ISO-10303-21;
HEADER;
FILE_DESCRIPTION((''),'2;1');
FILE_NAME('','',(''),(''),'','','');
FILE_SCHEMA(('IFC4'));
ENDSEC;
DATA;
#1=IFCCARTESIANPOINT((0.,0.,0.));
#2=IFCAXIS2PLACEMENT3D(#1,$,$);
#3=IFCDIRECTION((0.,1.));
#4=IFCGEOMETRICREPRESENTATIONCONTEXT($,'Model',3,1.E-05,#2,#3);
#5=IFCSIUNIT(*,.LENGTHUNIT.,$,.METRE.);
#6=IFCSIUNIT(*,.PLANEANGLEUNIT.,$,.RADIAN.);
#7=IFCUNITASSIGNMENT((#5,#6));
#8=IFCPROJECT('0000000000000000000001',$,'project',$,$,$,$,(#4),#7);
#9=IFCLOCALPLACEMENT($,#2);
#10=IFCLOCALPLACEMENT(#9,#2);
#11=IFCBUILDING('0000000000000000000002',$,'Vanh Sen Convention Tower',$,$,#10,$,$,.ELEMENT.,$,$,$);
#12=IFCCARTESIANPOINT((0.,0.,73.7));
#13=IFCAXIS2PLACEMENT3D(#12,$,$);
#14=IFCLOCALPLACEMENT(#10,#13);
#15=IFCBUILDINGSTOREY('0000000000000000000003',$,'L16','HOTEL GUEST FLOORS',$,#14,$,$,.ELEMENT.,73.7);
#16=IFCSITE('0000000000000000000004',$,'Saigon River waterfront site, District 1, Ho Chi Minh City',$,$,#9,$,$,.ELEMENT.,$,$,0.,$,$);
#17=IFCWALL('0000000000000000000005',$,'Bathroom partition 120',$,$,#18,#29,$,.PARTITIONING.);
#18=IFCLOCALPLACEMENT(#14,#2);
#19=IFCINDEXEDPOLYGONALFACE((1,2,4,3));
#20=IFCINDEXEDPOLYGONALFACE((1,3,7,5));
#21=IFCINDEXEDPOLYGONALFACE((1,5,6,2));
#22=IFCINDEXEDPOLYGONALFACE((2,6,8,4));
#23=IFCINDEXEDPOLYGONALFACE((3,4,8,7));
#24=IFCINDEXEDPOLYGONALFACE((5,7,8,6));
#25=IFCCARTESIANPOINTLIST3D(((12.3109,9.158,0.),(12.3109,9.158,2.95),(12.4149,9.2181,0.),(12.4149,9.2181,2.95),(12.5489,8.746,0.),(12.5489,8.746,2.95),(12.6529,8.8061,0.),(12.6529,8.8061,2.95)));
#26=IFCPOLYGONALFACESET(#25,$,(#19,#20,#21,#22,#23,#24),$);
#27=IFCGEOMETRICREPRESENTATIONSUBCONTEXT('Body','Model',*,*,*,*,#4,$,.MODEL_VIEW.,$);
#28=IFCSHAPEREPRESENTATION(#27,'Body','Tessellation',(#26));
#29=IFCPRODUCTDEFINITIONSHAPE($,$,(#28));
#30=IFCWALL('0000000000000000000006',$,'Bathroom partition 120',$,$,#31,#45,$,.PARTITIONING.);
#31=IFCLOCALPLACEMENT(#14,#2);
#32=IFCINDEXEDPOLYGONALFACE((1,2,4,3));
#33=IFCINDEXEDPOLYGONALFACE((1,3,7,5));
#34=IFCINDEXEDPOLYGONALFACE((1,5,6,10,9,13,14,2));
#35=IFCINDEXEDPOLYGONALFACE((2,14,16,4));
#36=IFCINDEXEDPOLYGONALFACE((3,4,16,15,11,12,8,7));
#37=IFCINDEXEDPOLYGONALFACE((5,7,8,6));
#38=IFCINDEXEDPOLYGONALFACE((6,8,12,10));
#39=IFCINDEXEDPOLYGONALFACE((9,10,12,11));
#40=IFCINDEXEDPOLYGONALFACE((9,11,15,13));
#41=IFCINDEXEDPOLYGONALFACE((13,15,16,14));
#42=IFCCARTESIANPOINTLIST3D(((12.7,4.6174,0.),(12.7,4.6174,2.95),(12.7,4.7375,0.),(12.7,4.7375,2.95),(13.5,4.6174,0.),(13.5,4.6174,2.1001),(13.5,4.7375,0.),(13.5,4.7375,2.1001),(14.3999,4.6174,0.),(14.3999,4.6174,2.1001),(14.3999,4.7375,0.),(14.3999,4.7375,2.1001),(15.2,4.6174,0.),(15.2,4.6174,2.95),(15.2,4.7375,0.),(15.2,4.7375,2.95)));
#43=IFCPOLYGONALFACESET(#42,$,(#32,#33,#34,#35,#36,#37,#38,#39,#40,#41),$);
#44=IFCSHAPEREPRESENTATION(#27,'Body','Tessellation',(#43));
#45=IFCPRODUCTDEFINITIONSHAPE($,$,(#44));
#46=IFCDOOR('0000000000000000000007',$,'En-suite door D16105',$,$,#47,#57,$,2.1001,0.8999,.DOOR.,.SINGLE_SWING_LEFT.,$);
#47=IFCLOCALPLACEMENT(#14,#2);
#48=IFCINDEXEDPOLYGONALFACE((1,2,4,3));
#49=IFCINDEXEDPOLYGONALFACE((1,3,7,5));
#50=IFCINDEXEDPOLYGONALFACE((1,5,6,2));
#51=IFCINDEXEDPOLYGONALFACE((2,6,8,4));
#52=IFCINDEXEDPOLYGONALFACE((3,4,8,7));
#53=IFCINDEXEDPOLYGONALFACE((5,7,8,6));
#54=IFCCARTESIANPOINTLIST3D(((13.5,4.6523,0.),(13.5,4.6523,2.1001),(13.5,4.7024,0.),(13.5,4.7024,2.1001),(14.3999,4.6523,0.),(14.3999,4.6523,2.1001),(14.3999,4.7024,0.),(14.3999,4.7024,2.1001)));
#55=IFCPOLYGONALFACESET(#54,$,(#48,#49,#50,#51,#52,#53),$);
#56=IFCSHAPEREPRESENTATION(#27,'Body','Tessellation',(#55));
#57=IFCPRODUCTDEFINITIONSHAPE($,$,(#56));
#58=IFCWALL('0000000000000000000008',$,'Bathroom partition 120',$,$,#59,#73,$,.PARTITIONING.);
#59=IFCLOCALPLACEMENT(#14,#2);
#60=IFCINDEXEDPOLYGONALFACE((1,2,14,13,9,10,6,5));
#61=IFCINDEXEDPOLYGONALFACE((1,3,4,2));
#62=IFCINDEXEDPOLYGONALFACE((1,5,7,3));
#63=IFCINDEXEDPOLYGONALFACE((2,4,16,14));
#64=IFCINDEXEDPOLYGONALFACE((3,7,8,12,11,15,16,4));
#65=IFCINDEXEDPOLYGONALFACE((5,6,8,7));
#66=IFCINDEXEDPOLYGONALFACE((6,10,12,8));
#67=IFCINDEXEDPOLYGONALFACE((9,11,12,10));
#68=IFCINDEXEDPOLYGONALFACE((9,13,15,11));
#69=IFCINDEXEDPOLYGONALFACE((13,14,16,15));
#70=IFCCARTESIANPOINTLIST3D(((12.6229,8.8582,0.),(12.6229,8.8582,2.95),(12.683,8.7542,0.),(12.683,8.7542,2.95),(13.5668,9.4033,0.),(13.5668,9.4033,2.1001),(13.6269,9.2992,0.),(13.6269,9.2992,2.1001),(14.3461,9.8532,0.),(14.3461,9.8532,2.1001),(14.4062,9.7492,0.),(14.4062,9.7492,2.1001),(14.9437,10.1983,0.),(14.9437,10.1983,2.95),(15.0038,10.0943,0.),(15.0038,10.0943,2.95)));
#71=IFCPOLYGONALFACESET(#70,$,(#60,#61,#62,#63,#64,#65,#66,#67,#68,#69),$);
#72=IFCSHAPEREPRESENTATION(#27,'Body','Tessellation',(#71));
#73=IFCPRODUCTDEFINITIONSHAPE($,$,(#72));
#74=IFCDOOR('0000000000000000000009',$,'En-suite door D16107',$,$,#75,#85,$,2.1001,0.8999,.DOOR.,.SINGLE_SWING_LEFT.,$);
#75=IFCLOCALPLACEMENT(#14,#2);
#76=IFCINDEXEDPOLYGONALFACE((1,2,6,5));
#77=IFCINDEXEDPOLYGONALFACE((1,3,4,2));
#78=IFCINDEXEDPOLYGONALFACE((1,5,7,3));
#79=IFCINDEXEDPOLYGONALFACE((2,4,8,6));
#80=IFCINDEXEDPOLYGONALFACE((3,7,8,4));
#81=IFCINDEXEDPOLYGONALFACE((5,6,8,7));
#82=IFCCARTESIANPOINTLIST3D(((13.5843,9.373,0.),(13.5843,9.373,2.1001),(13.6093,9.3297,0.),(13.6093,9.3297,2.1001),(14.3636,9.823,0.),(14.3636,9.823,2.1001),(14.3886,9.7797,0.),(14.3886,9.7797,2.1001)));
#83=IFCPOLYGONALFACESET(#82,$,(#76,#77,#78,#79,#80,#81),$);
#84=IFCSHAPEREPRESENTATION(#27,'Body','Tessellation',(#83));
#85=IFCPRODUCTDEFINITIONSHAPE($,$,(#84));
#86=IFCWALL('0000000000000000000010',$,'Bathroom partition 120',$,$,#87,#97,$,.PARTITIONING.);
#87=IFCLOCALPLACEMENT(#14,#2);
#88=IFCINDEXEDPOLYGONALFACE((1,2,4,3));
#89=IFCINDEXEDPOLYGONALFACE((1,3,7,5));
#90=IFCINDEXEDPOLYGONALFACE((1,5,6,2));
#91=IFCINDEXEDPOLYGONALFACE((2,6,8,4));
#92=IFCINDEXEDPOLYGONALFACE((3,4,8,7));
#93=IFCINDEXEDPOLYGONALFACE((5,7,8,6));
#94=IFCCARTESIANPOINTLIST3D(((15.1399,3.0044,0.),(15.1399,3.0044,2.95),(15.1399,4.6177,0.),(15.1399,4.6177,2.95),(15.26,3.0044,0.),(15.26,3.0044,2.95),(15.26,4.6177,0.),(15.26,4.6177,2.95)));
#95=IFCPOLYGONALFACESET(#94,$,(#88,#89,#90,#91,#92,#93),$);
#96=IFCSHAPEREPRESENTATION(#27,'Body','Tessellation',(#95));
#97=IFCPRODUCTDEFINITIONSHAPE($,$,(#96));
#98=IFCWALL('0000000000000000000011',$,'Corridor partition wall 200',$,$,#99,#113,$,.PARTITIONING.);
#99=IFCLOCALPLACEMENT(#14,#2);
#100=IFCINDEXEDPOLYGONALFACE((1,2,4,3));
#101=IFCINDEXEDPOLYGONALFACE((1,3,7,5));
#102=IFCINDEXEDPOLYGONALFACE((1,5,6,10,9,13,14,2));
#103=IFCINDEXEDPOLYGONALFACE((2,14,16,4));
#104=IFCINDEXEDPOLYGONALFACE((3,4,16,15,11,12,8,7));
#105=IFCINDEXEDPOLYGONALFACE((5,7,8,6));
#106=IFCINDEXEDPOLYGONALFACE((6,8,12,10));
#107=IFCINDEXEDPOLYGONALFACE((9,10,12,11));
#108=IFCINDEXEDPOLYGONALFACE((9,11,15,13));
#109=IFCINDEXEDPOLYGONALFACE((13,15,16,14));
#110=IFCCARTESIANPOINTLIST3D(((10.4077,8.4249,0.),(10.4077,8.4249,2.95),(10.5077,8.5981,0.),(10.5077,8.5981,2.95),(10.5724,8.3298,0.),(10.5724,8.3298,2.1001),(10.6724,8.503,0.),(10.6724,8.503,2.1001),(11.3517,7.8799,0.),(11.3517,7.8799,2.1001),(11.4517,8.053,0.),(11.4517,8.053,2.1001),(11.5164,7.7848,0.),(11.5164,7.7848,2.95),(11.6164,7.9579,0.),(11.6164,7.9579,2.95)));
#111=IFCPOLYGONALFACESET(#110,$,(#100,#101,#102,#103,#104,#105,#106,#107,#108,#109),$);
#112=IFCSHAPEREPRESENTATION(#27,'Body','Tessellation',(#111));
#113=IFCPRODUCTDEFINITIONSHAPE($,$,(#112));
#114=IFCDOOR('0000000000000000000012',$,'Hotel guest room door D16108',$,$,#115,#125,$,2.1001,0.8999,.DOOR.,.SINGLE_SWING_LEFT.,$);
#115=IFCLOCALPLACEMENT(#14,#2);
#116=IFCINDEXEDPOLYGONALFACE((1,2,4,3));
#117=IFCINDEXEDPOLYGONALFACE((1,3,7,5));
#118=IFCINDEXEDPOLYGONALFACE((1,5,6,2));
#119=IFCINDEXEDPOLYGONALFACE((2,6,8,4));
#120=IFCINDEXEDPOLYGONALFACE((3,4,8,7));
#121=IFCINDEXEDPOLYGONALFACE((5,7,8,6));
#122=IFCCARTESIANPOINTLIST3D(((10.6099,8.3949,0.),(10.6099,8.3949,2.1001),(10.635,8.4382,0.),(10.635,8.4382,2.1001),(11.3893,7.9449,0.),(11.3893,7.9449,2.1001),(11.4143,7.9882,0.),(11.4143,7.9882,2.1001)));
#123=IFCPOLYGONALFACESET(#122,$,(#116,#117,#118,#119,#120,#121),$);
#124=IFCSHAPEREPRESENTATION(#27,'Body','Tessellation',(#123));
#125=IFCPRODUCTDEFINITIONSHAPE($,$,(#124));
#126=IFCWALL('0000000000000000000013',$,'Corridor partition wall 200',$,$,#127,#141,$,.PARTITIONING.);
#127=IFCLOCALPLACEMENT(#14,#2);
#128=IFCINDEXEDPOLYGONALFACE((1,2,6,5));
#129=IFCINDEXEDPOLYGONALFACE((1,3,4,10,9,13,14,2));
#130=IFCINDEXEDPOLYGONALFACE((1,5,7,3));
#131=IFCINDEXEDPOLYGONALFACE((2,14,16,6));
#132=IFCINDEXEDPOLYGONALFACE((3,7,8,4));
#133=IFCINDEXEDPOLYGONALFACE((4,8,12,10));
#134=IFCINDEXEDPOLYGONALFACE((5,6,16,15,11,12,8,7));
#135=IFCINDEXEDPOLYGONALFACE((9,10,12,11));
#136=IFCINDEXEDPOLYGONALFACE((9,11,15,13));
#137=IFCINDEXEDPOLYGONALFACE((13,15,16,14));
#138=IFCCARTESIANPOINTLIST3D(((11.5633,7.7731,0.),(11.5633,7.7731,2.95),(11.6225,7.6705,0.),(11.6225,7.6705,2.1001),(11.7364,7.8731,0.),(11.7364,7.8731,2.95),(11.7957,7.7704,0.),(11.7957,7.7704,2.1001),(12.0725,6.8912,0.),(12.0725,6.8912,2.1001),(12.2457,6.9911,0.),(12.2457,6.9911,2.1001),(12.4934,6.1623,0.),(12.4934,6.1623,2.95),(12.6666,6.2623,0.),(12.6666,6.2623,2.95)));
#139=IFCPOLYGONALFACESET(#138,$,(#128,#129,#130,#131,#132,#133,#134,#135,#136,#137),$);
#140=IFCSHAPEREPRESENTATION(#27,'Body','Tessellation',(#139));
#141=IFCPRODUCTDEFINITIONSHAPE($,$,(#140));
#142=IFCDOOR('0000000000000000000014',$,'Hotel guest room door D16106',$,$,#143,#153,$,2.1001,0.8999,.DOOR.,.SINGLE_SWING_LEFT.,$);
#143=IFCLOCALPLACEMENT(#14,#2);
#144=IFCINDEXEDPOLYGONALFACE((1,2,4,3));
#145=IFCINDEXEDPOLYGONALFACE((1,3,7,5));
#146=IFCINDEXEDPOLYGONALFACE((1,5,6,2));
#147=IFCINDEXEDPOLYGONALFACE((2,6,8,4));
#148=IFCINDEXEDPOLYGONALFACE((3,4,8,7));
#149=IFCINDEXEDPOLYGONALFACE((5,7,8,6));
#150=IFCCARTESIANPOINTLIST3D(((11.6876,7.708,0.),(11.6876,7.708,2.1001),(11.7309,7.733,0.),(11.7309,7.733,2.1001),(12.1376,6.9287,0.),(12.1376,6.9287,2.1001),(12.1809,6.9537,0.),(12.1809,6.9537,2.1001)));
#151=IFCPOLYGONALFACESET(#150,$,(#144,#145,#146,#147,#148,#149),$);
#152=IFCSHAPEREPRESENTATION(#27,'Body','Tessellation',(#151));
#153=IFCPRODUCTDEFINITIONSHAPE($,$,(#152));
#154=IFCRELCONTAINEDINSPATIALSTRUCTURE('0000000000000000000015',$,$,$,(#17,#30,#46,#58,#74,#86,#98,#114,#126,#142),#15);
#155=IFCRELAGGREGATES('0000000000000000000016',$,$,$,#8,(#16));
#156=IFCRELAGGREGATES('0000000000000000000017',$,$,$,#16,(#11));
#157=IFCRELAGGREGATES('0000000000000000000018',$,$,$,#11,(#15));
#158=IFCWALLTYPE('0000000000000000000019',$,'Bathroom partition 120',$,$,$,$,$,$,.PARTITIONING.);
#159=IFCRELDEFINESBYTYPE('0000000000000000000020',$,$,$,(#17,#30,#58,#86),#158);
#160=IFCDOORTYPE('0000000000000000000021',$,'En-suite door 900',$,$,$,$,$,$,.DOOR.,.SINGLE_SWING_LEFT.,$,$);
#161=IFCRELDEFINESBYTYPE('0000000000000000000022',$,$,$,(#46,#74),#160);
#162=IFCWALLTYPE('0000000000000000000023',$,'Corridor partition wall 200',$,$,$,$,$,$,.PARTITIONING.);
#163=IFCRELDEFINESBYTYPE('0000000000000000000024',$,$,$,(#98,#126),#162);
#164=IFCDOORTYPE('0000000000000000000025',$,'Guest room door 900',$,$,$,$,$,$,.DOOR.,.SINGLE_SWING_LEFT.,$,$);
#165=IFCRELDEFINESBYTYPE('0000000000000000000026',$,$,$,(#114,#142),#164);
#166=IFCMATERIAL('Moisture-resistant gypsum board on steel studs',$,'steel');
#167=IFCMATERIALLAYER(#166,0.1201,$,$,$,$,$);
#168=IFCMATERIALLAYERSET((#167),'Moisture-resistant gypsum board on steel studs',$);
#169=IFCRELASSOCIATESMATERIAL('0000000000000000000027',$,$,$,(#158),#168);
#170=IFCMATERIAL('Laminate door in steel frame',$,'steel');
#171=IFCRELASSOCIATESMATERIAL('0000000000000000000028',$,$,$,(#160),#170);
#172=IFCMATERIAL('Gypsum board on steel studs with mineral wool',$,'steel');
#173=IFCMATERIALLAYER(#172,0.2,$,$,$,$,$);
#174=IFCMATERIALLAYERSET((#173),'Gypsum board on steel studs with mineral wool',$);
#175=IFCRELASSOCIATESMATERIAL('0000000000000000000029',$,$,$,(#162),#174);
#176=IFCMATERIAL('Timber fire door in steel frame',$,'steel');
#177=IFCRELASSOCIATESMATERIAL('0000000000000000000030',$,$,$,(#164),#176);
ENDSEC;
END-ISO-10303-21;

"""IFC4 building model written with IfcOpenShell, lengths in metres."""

from ifc_helpers import new_model, si_unit, direction, frame, frame_2d, origin, place, context, subcontext, project, spatial, rectangle, extrude, material, layer, layer_set, type_object, element, fill, save


model = new_model("IFC4")

# Units and contexts
model_context = context("Model", 3, precision=1e-05, world=origin(), true_north=direction((0.0, 1.0)))
body_context = subcontext(model_context, "Body", "Model", "MODEL_VIEW")
ifc_project = project(units=[si_unit("LENGTHUNIT", "METRE"), si_unit("PLANEANGLEUNIT", "RADIAN")], contexts=[model_context])

# Site, building, storey
site_placement = place(None, origin())
site = spatial("IfcSite", under=ifc_project, at=site_placement, Name="Saigon River waterfront site, District 1, Ho Chi Minh City", CompositionType="ELEMENT", RefElevation=0.0)
building_placement = place(site_placement, origin())
building = spatial("IfcBuilding", under=site, at=building_placement, Name="Vanh Sen Convention Tower", CompositionType="ELEMENT")
storey_placement = place(building_placement, frame((0.0, 0.0, 73.7)))
storey = spatial("IfcBuildingStorey", under=building, at=storey_placement, Name="L16", Description="HOTEL GUEST FLOORS", CompositionType="ELEMENT", Elevation=73.7)

# Wall
ifc_material_1 = material(Name="Moisture-resistant gypsum board on steel studs", Category="steel")
ifc_layer_1 = layer(ifc_material_1, 0.1201)
ifc_layer_set_1 = layer_set([ifc_layer_1], Name="Moisture-resistant gypsum board on steel studs")
wall_type_1 = type_object("IfcWallType", Name="Bathroom partition 120", PredefinedType="PARTITIONING", material=ifc_layer_set_1)
wall_1_placement = place(storey_placement, frame((12.6008, 8.7761, 0.0), z_axis=(0.0, 0.0, 1.0), x_axis=(-0.500166, 0.865929, 0.0)))
element("IfcWall", 1, at=wall_1_placement, inside=storey, type_object=wall_type_1, Name="Bathroom partition 120", PredefinedType="PARTITIONING", context=body_context, shape_type="SweptSolid", body=[
    extrude(rectangle(XDim=0.4758, YDim=0.1201, at=frame_2d((0.2378, 0.0))), origin(), (0.0, 0.0, 1.0), 2.95),
])

# Walls, openings, doors
wall_2_placement = place(storey_placement, frame((12.7, 4.6775, 0.0), z_axis=(0.0, 0.0, 1.0), x_axis=(1.0, 0.0, 0.0)))
wall_2 = element("IfcWall", 2, at=wall_2_placement, inside=storey, type_object=wall_type_1, Name="Bathroom partition 120", PredefinedType="PARTITIONING", context=body_context, shape_type="SweptSolid", body=[
    extrude(rectangle(XDim=2.5, YDim=0.1201, at=frame_2d((1.25, 0.0))), origin(), (0.0, 0.0, 1.0), 2.95),
])
opening_1_placement = place(wall_2_placement, frame((0.8, 0.0, 0.0)))
opening_1 = element("IfcOpeningElement", 3, at=opening_1_placement, cuts=wall_2, PredefinedType="OPENING", context=body_context, shape_type="SweptSolid", body=[
    extrude(rectangle(XDim=0.8999, YDim=2.1001, at=frame_2d((0.45, 1.05))), frame((0.0, 0.0701, 0.0), z_axis=(0.0, -1.0, 0.0), x_axis=(1.0, 0.0, 0.0)), (0.0, 0.0, 1.0), 0.1401),
])
ifc_material_2 = material(Name="Laminate door in steel frame", Category="steel")
door_type_1 = type_object("IfcDoorType", Name="En-suite door 900", OperationType="SINGLE_SWING_LEFT", PredefinedType="DOOR", material=ifc_material_2)
door_1_placement = place(opening_1_placement, origin())
door_1 = element("IfcDoor", 4, at=door_1_placement, inside=storey, type_object=door_type_1, Name="En-suite door D16105", OperationType="SINGLE_SWING_LEFT", OverallHeight=2.1001, OverallWidth=0.8999, PredefinedType="DOOR", context=body_context, shape_type="SweptSolid", body=[
    extrude(rectangle(XDim=0.8999, YDim=2.1001, at=frame_2d((0.45, 1.05))), frame((0.0, 0.0249, 0.0), z_axis=(0.0, -1.0, 0.0), x_axis=(1.0, 0.0, 0.0)), (0.0, 0.0, 1.0), 0.05),
])
fill(opening_1, door_1)
wall_3_placement = place(storey_placement, frame((14.9736, 10.1462, 0.0), z_axis=(0.0, 0.0, 1.0), x_axis=(-0.865997, -0.500048, 0.0)))
wall_3 = element("IfcWall", 5, at=wall_3_placement, inside=storey, type_object=wall_type_1, Name="Bathroom partition 120", PredefinedType="PARTITIONING", context=body_context, shape_type="SweptSolid", body=[
    extrude(rectangle(XDim=2.6799, YDim=0.1201, at=frame_2d((1.3398, 0.0))), origin(), (0.0, 0.0, 1.0), 2.95),
])
opening_2_placement = place(wall_3_placement, frame((0.6899, 0.0, 0.0)))
opening_2 = element("IfcOpeningElement", 6, at=opening_2_placement, cuts=wall_3, PredefinedType="OPENING", context=body_context, shape_type="SweptSolid", body=[
    extrude(rectangle(XDim=0.8999, YDim=2.1001, at=frame_2d((0.45, 1.05))), frame((0.0, 0.0701, 0.0), z_axis=(0.0, -1.0, 0.0), x_axis=(1.0, 0.0, 0.0)), (0.0, 0.0, 1.0), 0.1401),
])
door_2_placement = place(opening_2_placement, origin())
door_2 = element("IfcDoor", 7, at=door_2_placement, inside=storey, type_object=door_type_1, Name="En-suite door D16107", OperationType="SINGLE_SWING_LEFT", OverallHeight=2.1001, OverallWidth=0.8999, PredefinedType="DOOR", context=body_context, shape_type="SweptSolid", body=[
    extrude(rectangle(XDim=0.8999, YDim=2.1001, at=frame_2d((0.45, 1.05))), frame((0.0, 0.0249, 0.0), z_axis=(0.0, -1.0, 0.0), x_axis=(1.0, 0.0, 0.0)), (0.0, 0.0, 1.0), 0.05),
])
fill(opening_2, door_2)

# Wall
wall_4_placement = place(storey_placement, frame((15.2, 4.6177, 0.0), z_axis=(0.0, 0.0, 1.0), x_axis=(0.0, -1.0, 0.0)))
element("IfcWall", 8, at=wall_4_placement, inside=storey, type_object=wall_type_1, Name="Bathroom partition 120", PredefinedType="PARTITIONING", context=body_context, shape_type="SweptSolid", body=[
    extrude(rectangle(XDim=1.6133, YDim=0.1201, at=frame_2d((0.8066, 0.0))), origin(), (0.0, 0.0, 1.0), 2.95),
])

# Walls, openings, doors
ifc_material_3 = material(Name="Gypsum board on steel studs with mineral wool", Category="steel")
ifc_layer_2 = layer(ifc_material_3, 0.2)
ifc_layer_set_2 = layer_set([ifc_layer_2], Name="Gypsum board on steel studs with mineral wool")
wall_type_2 = type_object("IfcWallType", Name="Corridor partition wall 200", PredefinedType="PARTITIONING", material=ifc_layer_set_2)
wall_5_placement = place(storey_placement, frame((11.5664, 7.8713, 0.0), z_axis=(0.0, 0.0, 1.0), x_axis=(-0.866005, 0.500036, 0.0)))
wall_5 = element("IfcWall", 9, at=wall_5_placement, inside=storey, type_object=wall_type_2, Name="Corridor partition wall 200", PredefinedType="PARTITIONING", context=body_context, shape_type="SweptSolid", body=[
    extrude(rectangle(XDim=1.2803, YDim=0.2, at=frame_2d((0.6401, 0.0))), origin(), (0.0, 0.0, 1.0), 2.95),
])
opening_3_placement = place(wall_5_placement, frame((0.1902, 0.0, 0.0)))
opening_3 = element("IfcOpeningElement", 10, at=opening_3_placement, cuts=wall_5, PredefinedType="OPENING", context=body_context, shape_type="SweptSolid", body=[
    extrude(rectangle(XDim=0.8999, YDim=2.1001, at=frame_2d((0.45, 1.05))), frame((0.0, 0.1099, 0.0), z_axis=(0.0, -1.0, 0.0), x_axis=(1.0, 0.0, 0.0)), (0.0, 0.0, 1.0), 0.22),
])
ifc_material_4 = material(Name="Timber fire door in steel frame", Category="steel")
door_type_2 = type_object("IfcDoorType", Name="Guest room door 900", OperationType="SINGLE_SWING_LEFT", PredefinedType="DOOR", material=ifc_material_4)
door_3_placement = place(opening_3_placement, origin())
door_3 = element("IfcDoor", 11, at=door_3_placement, inside=storey, type_object=door_type_2, Name="Hotel guest room door D16108", OperationType="SINGLE_SWING_LEFT", OverallHeight=2.1001, OverallWidth=0.8999, PredefinedType="DOOR", context=body_context, shape_type="SweptSolid", body=[
    extrude(rectangle(XDim=0.8999, YDim=2.1001, at=frame_2d((0.45, 1.05))), frame((0.0, 0.0249, 0.0), z_axis=(0.0, -1.0, 0.0), x_axis=(1.0, 0.0, 0.0)), (0.0, 0.0, 1.0), 0.05),
])
fill(opening_3, door_3)
wall_6_placement = place(storey_placement, frame((12.5801, 6.2122, 0.0), z_axis=(0.0, 0.0, 1.0), x_axis=(-0.500063, 0.865989, 0.0)))
wall_6 = element("IfcWall", 12, at=wall_6_placement, inside=storey, type_object=wall_type_2, Name="Corridor partition wall 200", PredefinedType="PARTITIONING", context=body_context, shape_type="SweptSolid", body=[
    extrude(rectangle(XDim=1.8601, YDim=0.2, at=frame_2d((0.9302, 0.0))), origin(), (0.0, 0.0, 1.0), 2.95),
])
opening_4_placement = place(wall_6_placement, frame((0.8418, 0.0, 0.0)))
opening_4 = element("IfcOpeningElement", 13, at=opening_4_placement, cuts=wall_6, PredefinedType="OPENING", context=body_context, shape_type="SweptSolid", body=[
    extrude(rectangle(XDim=0.8999, YDim=2.1001, at=frame_2d((0.45, 1.05))), frame((0.0, 0.1099, 0.0), z_axis=(0.0, -1.0, 0.0), x_axis=(1.0, 0.0, 0.0)), (0.0, 0.0, 1.0), 0.22),
])
door_4_placement = place(opening_4_placement, origin())
door_4 = element("IfcDoor", 14, at=door_4_placement, inside=storey, type_object=door_type_2, Name="Hotel guest room door D16106", OperationType="SINGLE_SWING_LEFT", OverallHeight=2.1001, OverallWidth=0.8999, PredefinedType="DOOR", context=body_context, shape_type="SweptSolid", body=[
    extrude(rectangle(XDim=0.8999, YDim=2.1001, at=frame_2d((0.45, 1.05))), frame((0.0, 0.0249, 0.0), z_axis=(0.0, -1.0, 0.0), x_axis=(1.0, 0.0, 0.0)), (0.0, 0.0, 1.0), 0.05),
])
fill(opening_4, door_4)

save(model, "model.ifc")
